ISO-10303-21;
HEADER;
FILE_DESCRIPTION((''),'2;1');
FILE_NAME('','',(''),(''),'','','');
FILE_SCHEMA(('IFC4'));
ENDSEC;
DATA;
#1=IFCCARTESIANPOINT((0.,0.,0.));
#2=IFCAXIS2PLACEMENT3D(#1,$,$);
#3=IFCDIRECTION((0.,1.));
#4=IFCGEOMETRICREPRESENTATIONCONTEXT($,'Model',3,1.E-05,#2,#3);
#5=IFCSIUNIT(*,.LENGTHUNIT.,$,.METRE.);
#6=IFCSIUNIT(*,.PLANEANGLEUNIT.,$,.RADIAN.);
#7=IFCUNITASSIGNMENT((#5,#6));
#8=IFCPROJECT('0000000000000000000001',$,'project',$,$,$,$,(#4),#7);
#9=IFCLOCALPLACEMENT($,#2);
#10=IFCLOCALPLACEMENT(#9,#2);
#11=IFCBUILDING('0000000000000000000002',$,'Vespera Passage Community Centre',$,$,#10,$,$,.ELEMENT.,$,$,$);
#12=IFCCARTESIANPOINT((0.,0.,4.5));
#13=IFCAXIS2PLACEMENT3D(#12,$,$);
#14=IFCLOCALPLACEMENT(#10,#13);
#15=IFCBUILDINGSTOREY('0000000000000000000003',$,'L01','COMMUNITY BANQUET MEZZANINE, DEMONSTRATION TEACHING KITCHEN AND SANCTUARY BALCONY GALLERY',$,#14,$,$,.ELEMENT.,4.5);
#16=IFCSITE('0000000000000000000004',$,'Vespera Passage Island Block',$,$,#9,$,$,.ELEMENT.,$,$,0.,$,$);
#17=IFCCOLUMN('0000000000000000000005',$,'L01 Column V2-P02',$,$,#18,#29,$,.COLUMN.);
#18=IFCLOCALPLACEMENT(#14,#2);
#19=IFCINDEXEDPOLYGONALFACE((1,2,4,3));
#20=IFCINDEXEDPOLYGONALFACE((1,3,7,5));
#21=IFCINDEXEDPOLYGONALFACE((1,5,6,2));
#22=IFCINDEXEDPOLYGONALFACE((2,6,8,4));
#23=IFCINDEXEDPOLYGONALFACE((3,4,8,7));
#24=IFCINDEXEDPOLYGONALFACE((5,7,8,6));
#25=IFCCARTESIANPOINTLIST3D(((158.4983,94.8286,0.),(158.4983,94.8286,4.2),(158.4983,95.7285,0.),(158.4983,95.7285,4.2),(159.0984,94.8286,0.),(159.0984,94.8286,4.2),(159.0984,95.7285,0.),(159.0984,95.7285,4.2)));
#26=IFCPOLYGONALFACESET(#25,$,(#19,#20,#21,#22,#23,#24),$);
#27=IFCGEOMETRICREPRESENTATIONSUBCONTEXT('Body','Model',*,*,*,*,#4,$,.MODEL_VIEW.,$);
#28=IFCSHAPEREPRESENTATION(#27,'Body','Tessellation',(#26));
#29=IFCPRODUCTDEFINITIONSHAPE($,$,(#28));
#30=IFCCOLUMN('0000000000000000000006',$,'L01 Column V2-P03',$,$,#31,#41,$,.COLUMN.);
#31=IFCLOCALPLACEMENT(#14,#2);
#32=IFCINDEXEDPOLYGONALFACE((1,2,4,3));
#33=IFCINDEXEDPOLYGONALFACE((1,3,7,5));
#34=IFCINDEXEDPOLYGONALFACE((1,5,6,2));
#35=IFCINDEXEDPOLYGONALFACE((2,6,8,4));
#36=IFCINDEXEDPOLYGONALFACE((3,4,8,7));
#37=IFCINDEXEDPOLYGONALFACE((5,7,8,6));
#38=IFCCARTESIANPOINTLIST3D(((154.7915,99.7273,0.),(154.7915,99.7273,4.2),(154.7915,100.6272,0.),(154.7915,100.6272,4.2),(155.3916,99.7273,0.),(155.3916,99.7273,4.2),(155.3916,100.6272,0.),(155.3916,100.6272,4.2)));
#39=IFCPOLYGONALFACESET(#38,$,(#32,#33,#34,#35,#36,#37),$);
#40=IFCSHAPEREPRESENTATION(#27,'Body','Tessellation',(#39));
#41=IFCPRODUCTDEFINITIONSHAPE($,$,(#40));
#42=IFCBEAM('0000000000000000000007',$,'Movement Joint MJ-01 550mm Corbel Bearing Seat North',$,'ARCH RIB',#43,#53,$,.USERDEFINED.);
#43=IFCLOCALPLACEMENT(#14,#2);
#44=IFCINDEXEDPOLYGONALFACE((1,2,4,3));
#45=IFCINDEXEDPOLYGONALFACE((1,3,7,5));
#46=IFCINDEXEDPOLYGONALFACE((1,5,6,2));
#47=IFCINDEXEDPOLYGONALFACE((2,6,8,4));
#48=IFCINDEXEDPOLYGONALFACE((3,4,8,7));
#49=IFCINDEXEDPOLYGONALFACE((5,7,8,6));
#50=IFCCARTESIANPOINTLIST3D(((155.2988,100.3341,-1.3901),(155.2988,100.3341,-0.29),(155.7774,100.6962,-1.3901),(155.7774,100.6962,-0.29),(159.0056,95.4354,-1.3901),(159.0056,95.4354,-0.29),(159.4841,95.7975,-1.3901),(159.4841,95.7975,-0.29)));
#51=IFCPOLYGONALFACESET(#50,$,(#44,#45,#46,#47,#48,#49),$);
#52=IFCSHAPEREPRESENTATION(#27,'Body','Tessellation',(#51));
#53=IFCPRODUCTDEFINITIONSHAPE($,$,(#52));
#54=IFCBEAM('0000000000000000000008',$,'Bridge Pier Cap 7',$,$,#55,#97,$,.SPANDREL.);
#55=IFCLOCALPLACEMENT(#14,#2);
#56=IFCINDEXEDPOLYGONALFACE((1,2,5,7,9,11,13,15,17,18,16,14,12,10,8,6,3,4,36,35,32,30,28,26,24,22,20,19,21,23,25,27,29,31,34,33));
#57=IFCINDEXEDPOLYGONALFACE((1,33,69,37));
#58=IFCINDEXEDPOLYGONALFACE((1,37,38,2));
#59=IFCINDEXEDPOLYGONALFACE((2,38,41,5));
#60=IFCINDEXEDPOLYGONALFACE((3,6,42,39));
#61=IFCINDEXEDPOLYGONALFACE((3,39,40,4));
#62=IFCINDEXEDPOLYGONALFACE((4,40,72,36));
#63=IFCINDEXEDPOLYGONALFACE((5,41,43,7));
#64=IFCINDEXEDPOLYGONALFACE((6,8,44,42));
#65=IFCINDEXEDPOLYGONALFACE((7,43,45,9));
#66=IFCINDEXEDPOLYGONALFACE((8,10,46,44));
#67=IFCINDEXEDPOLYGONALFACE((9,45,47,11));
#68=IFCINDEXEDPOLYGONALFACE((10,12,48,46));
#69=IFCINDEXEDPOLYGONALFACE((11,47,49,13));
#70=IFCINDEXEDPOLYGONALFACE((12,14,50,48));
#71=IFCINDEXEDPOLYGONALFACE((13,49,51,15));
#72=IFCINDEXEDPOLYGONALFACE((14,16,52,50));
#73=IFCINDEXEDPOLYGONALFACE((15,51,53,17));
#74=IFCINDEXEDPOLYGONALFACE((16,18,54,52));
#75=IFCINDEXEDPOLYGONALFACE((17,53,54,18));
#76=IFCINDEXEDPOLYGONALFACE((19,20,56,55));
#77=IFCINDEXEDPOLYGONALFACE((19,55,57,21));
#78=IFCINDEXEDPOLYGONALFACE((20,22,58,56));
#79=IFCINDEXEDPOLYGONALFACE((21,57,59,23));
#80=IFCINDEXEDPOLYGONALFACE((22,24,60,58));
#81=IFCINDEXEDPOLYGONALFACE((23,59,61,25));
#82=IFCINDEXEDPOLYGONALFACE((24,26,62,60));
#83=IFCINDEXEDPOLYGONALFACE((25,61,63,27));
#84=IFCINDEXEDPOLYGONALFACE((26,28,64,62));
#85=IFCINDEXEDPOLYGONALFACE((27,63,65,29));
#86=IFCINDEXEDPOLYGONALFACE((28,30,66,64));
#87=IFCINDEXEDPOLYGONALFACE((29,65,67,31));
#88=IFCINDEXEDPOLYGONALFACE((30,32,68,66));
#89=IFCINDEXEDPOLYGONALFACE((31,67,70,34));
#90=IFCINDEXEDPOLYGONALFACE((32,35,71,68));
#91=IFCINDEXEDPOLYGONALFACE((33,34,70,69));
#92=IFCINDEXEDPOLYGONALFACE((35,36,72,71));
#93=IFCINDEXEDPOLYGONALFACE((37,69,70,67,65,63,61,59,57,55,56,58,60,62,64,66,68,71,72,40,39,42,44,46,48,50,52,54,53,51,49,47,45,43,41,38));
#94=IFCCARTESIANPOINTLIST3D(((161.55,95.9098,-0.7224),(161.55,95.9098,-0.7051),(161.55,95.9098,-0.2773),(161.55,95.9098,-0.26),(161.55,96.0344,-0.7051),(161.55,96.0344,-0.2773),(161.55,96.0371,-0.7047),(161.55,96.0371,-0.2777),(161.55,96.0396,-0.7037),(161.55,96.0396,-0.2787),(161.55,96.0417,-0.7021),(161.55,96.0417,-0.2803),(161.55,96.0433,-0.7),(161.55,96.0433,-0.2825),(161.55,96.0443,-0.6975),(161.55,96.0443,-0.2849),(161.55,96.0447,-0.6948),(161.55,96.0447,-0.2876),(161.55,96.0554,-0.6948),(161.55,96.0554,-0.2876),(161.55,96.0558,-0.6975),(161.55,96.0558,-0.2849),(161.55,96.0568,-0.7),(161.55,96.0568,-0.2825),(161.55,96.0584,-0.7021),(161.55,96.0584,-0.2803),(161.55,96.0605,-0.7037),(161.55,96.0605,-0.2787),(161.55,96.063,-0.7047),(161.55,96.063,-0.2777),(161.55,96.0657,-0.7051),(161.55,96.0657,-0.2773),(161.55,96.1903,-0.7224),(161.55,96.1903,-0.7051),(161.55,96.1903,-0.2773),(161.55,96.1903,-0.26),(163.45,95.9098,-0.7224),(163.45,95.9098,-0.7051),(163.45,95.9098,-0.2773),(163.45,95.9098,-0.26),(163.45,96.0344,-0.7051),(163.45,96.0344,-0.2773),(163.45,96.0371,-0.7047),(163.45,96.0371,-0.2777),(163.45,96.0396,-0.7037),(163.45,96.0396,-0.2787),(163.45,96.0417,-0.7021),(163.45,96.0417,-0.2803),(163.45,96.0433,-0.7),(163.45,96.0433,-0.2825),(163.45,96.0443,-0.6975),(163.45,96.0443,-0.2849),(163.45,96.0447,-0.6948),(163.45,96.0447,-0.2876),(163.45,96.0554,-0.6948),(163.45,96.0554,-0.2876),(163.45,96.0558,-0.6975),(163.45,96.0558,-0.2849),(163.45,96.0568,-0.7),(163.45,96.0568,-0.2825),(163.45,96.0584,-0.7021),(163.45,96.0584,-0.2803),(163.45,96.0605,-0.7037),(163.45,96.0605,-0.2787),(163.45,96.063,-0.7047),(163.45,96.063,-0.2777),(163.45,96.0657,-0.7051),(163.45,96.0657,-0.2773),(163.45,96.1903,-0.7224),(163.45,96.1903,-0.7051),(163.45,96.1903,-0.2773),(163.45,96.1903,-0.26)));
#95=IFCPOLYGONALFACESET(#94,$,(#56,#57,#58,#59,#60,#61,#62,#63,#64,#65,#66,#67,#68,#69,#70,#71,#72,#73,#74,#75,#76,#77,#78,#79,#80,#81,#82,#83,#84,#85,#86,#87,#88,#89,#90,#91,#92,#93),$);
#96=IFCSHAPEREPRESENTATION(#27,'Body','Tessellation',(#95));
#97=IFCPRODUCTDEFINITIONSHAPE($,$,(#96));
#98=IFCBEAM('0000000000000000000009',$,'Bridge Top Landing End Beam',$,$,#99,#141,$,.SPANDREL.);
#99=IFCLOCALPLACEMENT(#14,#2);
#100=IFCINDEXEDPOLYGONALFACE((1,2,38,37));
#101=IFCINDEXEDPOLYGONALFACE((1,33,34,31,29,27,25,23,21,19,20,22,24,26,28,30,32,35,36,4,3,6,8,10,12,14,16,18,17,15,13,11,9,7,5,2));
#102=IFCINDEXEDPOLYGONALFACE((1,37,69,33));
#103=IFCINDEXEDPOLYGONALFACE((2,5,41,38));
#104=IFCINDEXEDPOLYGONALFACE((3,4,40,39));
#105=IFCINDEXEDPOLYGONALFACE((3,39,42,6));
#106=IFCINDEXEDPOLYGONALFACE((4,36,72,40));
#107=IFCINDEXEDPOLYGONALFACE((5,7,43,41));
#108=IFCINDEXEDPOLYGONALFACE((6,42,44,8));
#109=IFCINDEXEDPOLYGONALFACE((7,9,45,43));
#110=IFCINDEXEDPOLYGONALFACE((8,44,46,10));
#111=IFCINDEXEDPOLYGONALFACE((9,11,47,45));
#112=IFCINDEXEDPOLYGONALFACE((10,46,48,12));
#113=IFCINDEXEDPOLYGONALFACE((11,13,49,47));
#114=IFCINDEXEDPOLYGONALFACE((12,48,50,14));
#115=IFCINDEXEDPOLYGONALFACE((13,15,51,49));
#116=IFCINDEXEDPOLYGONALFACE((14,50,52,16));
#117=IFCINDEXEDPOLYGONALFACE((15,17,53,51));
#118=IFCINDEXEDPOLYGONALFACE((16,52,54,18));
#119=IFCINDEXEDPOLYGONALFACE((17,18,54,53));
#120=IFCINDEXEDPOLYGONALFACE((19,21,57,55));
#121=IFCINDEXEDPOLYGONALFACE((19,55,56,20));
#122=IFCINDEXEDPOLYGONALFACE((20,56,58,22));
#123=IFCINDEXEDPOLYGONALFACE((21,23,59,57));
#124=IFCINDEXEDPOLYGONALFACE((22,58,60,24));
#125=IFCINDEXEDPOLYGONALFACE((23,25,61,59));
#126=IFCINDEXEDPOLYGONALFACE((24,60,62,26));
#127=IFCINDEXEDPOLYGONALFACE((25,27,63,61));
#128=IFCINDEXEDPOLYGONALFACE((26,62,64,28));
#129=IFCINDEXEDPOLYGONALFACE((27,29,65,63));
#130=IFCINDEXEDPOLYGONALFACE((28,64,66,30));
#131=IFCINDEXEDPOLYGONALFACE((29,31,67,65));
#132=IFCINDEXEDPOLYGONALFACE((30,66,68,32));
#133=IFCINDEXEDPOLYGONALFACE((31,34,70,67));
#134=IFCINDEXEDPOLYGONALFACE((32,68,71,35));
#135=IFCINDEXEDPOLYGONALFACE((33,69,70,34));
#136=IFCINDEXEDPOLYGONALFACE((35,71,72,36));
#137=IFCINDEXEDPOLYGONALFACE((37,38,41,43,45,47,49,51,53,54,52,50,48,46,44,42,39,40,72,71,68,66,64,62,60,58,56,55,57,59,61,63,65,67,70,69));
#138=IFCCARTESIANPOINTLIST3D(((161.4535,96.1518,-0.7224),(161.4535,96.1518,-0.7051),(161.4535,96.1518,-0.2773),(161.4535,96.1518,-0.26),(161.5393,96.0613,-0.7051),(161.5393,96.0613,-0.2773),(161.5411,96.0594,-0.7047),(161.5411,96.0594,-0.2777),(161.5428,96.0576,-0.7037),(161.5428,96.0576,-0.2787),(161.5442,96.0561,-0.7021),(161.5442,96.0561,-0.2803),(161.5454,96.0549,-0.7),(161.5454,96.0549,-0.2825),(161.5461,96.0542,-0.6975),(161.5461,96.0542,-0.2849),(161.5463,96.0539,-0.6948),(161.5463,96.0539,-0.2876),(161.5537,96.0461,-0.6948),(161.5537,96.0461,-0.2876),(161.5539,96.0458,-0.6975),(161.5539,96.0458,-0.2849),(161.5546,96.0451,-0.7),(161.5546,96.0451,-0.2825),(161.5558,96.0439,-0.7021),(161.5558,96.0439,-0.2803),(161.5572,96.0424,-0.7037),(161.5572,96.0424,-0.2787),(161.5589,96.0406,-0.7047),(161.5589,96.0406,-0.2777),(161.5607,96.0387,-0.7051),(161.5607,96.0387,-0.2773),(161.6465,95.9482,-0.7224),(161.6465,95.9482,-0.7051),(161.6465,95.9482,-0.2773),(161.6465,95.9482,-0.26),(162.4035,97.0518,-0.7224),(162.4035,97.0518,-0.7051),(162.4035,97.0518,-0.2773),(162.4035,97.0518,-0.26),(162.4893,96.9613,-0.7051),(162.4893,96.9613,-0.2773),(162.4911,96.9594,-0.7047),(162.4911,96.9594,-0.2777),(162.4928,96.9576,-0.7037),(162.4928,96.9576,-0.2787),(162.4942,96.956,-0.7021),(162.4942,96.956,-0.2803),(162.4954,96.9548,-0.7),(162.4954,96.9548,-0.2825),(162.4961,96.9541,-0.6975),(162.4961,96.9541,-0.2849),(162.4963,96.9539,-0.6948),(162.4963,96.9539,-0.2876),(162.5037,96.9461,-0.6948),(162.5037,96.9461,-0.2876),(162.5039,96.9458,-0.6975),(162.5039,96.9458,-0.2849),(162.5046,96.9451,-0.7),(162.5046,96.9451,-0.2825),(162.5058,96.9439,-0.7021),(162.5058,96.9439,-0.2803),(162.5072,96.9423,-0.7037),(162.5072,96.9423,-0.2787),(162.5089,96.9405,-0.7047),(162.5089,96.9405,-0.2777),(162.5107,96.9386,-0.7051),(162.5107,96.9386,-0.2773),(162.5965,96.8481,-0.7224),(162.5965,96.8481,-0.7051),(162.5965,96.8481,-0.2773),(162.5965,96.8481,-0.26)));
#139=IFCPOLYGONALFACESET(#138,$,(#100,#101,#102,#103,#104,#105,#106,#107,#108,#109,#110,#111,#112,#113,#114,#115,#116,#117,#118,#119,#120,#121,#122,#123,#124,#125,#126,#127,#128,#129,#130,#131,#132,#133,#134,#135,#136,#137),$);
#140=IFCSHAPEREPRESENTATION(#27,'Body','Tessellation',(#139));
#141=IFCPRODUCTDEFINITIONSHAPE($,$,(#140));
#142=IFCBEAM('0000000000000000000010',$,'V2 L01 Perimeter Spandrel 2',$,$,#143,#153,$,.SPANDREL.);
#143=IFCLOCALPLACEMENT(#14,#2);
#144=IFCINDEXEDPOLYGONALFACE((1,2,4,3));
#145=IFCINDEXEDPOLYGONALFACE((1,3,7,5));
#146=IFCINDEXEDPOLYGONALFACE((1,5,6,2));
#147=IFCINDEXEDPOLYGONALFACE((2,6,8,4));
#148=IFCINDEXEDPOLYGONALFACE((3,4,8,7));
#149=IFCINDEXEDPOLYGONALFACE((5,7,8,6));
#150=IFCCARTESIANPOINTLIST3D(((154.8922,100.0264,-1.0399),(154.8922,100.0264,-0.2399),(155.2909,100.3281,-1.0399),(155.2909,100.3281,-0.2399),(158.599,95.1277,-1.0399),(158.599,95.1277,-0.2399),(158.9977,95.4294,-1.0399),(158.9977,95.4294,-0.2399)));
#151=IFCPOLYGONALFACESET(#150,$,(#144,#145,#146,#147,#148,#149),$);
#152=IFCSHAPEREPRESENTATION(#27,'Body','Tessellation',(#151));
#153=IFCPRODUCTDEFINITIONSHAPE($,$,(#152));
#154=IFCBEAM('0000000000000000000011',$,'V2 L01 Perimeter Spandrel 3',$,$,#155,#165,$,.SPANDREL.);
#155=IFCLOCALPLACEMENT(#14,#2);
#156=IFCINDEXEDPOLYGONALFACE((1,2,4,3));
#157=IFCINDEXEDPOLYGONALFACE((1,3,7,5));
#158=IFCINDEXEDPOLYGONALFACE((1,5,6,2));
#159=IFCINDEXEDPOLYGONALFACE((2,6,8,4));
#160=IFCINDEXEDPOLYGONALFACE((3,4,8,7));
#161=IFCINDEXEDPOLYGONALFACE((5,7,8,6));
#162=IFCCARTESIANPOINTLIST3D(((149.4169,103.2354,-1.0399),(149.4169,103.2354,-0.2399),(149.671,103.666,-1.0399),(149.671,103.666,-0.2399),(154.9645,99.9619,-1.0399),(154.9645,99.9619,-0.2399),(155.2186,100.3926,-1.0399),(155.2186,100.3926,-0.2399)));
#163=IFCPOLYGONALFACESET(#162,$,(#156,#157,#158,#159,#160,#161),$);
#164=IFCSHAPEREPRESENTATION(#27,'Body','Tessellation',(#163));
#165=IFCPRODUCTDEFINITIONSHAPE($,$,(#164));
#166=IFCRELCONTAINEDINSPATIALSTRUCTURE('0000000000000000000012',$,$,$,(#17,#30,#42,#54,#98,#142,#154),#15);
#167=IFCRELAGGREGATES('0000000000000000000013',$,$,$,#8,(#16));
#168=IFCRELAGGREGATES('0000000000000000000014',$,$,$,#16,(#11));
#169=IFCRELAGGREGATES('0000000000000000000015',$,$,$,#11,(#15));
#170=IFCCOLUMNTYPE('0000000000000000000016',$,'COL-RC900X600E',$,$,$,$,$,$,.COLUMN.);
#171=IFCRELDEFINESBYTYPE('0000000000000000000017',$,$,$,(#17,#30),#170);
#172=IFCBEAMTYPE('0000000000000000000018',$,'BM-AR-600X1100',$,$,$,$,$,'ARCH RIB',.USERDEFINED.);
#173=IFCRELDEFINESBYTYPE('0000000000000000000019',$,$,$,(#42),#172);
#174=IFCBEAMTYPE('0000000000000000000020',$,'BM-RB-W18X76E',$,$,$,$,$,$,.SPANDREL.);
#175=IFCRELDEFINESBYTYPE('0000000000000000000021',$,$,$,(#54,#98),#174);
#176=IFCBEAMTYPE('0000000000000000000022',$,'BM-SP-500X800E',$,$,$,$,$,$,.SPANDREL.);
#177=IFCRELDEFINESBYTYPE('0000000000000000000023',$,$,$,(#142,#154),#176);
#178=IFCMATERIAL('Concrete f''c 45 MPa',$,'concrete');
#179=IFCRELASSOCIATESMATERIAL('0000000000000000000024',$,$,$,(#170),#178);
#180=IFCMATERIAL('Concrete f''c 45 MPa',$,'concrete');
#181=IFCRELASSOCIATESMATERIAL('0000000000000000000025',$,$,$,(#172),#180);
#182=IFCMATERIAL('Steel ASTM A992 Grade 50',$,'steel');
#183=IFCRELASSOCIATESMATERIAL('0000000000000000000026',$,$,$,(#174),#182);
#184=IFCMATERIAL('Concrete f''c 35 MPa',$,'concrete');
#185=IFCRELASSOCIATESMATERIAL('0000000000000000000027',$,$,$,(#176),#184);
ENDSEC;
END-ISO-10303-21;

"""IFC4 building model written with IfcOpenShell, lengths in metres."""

from ifc_helpers import new_model, si_unit, direction, frame, origin, origin_2d, place, context, subcontext, project, spatial, rectangle, i_section, extrude, material, material_profile, profile_set, type_object, element, save


model = new_model("IFC4")

# Units and contexts
model_context = context("Model", 3, precision=1e-05, world=origin(), true_north=direction((0.0, 1.0)))
body_context = subcontext(model_context, "Body", "Model", "MODEL_VIEW")
ifc_project = project(units=[si_unit("LENGTHUNIT", "METRE"), si_unit("PLANEANGLEUNIT", "RADIAN")], contexts=[model_context])

# Site, building, storey
site_placement = place(None, origin())
site = spatial("IfcSite", under=ifc_project, at=site_placement, Name="Vespera Passage Island Block", CompositionType="ELEMENT", RefElevation=0.0)
building_placement = place(site_placement, origin())
building = spatial("IfcBuilding", under=site, at=building_placement, Name="Vespera Passage Community Centre", CompositionType="ELEMENT")
storey_placement = place(building_placement, frame((0.0, 0.0, 4.5)))
storey = spatial("IfcBuildingStorey", under=building, at=storey_placement, Name="L01", Description="COMMUNITY BANQUET MEZZANINE, DEMONSTRATION TEACHING KITCHEN AND SANCTUARY BALCONY GALLERY", CompositionType="ELEMENT", Elevation=4.5)

# Columns
ifc_material_1 = material(Name="Concrete f'c 45 MPa", Category="concrete")
ifc_material_profile_1 = material_profile(ifc_material_1, rectangle(XDim=0.6001, YDim=0.8999, at=origin_2d()), Name="RC900X600")
ifc_profile_set_1 = profile_set([ifc_material_profile_1], Name="Concrete f'c 45 MPa")
column_type = type_object("IfcColumnType", Name="COL-RC900X600E", PredefinedType="COLUMN", material=ifc_profile_set_1)
for number, where, z_axis, x_axis, name in (
    (1, (158.7983, 95.2786, 0.0), (0.0, 0.0, 1.0), (1.0, 0.0, 0.0), "L01 Column V2-P02"),
    (2, (155.0916, 100.1772, 0.0), (0.0, 0.0, 1.0), (1.0, 0.0, 0.0), "L01 Column V2-P03"),
):
    element("IfcColumn", number, at=place(storey_placement, frame(where, z_axis=z_axis, x_axis=x_axis)), inside=storey, type_object=column_type, Name=name, PredefinedType="COLUMN", context=body_context, shape_type="SweptSolid", body=[
        extrude(rectangle(XDim=0.6001, YDim=0.8999, at=origin_2d()), origin(), (0.0, 0.0, 1.0), 4.2),
    ])

# Beams
ifc_material_2 = material(Name="Concrete f'c 45 MPa", Category="concrete")
ifc_material_profile_2 = material_profile(ifc_material_2, rectangle(XDim=0.6001, YDim=1.1001, at=origin_2d()), Name="RC600X1100")
ifc_profile_set_2 = profile_set([ifc_material_profile_2], Name="Concrete f'c 45 MPa")
beam_type_1 = type_object("IfcBeamType", Name="BM-AR-600X1100", ElementType="ARCH RIB", PredefinedType="USERDEFINED", material=ifc_profile_set_2)
beam_1_placement = place(storey_placement, frame((159.2449, 95.6165, -0.8401), z_axis=(-0.603409, 0.797432, 0.0), x_axis=(-0.797432, -0.603409, 0.0)))
element("IfcBeam", 3, at=beam_1_placement, inside=storey, type_object=beam_type_1, Name="Movement Joint MJ-01 550mm Corbel Bearing Seat North", ObjectType="ARCH RIB", PredefinedType="USERDEFINED", context=body_context, shape_type="SweptSolid", body=[
    extrude(rectangle(XDim=0.6001, YDim=1.1001, at=origin_2d()), origin(), (0.0, 0.0, 1.0), 6.1431),
])
ifc_material_3 = material(Name="Steel ASTM A992 Grade 50", Category="steel")
ifc_material_profile_3 = material_profile(ifc_material_3, i_section(OverallWidth=0.2805, OverallDepth=0.4624, WebThickness=0.0107, FlangeThickness=0.0173, FilletRadius=0.0103, at=origin_2d()), Name="W18X76")
ifc_profile_set_3 = profile_set([ifc_material_profile_3], Name="Steel ASTM A992 Grade 50")
beam_type_2 = type_object("IfcBeamType", Name="BM-RB-W18X76E", PredefinedType="SPANDREL", material=ifc_profile_set_3)
beam_2_placement = place(storey_placement, frame((161.55, 96.05, -0.4912), z_axis=(1.0, 0.0, 0.0), x_axis=(0.0, 1.0, 0.0)))
element("IfcBeam", 4, at=beam_2_placement, inside=storey, type_object=beam_type_2, Name="Bridge Pier Cap 7", PredefinedType="SPANDREL", context=body_context, shape_type="SweptSolid", body=[
    extrude(i_section(OverallWidth=0.2805, OverallDepth=0.4624, WebThickness=0.0107, FlangeThickness=0.0173, FilletRadius=0.0103, at=origin_2d()), origin(), (0.0, 0.0, 1.0), 1.8999),
])
beam_3_placement = place(storey_placement, frame((162.5, 96.95, -0.4912), z_axis=(-0.725972, -0.687724, 0.0), x_axis=(0.687724, -0.725972, 0.0)))
element("IfcBeam", 5, at=beam_3_placement, inside=storey, type_object=beam_type_2, Name="Bridge Top Landing End Beam", PredefinedType="SPANDREL", context=body_context, shape_type="SweptSolid", body=[
    extrude(i_section(OverallWidth=0.2805, OverallDepth=0.4624, WebThickness=0.0107, FlangeThickness=0.0173, FilletRadius=0.0103, at=origin_2d()), origin(), (0.0, 0.0, 1.0), 1.3086),
])
ifc_material_4 = material(Name="Concrete f'c 35 MPa", Category="concrete")
ifc_material_profile_4 = material_profile(ifc_material_4, rectangle(XDim=0.5, YDim=0.8, at=origin_2d()), Name="RC500X800")
ifc_profile_set_4 = profile_set([ifc_material_profile_4], Name="Concrete f'c 35 MPa")
beam_type_3 = type_object("IfcBeamType", Name="BM-SP-500X800E", PredefinedType="SPANDREL", material=ifc_profile_set_4)
beam_4_placement = place(storey_placement, frame((158.7983, 95.2786, -0.6399), z_axis=(-0.603409, 0.797432, 0.0), x_axis=(-0.797432, -0.603409, 0.0)))
element("IfcBeam", 6, at=beam_4_placement, inside=storey, type_object=beam_type_3, Name="V2 L01 Perimeter Spandrel 2", PredefinedType="SPANDREL", context=body_context, shape_type="SweptSolid", body=[
    extrude(rectangle(XDim=0.5, YDim=0.8, at=origin_2d()), origin(), (0.0, 0.0, 1.0), 6.1431),
])
beam_5_placement = place(storey_placement, frame((155.0916, 100.1772, -0.6399), z_axis=(-0.861246, 0.508189, 0.0), x_axis=(-0.508189, -0.861246, 0.0)))
element("IfcBeam", 7, at=beam_5_placement, inside=storey, type_object=beam_type_3, Name="V2 L01 Perimeter Spandrel 3", PredefinedType="SPANDREL", context=body_context, shape_type="SweptSolid", body=[
    extrude(rectangle(XDim=0.5, YDim=0.8, at=origin_2d()), origin(), (0.0, 0.0, 1.0), 6.4414),
])

save(model, "model.ifc")
